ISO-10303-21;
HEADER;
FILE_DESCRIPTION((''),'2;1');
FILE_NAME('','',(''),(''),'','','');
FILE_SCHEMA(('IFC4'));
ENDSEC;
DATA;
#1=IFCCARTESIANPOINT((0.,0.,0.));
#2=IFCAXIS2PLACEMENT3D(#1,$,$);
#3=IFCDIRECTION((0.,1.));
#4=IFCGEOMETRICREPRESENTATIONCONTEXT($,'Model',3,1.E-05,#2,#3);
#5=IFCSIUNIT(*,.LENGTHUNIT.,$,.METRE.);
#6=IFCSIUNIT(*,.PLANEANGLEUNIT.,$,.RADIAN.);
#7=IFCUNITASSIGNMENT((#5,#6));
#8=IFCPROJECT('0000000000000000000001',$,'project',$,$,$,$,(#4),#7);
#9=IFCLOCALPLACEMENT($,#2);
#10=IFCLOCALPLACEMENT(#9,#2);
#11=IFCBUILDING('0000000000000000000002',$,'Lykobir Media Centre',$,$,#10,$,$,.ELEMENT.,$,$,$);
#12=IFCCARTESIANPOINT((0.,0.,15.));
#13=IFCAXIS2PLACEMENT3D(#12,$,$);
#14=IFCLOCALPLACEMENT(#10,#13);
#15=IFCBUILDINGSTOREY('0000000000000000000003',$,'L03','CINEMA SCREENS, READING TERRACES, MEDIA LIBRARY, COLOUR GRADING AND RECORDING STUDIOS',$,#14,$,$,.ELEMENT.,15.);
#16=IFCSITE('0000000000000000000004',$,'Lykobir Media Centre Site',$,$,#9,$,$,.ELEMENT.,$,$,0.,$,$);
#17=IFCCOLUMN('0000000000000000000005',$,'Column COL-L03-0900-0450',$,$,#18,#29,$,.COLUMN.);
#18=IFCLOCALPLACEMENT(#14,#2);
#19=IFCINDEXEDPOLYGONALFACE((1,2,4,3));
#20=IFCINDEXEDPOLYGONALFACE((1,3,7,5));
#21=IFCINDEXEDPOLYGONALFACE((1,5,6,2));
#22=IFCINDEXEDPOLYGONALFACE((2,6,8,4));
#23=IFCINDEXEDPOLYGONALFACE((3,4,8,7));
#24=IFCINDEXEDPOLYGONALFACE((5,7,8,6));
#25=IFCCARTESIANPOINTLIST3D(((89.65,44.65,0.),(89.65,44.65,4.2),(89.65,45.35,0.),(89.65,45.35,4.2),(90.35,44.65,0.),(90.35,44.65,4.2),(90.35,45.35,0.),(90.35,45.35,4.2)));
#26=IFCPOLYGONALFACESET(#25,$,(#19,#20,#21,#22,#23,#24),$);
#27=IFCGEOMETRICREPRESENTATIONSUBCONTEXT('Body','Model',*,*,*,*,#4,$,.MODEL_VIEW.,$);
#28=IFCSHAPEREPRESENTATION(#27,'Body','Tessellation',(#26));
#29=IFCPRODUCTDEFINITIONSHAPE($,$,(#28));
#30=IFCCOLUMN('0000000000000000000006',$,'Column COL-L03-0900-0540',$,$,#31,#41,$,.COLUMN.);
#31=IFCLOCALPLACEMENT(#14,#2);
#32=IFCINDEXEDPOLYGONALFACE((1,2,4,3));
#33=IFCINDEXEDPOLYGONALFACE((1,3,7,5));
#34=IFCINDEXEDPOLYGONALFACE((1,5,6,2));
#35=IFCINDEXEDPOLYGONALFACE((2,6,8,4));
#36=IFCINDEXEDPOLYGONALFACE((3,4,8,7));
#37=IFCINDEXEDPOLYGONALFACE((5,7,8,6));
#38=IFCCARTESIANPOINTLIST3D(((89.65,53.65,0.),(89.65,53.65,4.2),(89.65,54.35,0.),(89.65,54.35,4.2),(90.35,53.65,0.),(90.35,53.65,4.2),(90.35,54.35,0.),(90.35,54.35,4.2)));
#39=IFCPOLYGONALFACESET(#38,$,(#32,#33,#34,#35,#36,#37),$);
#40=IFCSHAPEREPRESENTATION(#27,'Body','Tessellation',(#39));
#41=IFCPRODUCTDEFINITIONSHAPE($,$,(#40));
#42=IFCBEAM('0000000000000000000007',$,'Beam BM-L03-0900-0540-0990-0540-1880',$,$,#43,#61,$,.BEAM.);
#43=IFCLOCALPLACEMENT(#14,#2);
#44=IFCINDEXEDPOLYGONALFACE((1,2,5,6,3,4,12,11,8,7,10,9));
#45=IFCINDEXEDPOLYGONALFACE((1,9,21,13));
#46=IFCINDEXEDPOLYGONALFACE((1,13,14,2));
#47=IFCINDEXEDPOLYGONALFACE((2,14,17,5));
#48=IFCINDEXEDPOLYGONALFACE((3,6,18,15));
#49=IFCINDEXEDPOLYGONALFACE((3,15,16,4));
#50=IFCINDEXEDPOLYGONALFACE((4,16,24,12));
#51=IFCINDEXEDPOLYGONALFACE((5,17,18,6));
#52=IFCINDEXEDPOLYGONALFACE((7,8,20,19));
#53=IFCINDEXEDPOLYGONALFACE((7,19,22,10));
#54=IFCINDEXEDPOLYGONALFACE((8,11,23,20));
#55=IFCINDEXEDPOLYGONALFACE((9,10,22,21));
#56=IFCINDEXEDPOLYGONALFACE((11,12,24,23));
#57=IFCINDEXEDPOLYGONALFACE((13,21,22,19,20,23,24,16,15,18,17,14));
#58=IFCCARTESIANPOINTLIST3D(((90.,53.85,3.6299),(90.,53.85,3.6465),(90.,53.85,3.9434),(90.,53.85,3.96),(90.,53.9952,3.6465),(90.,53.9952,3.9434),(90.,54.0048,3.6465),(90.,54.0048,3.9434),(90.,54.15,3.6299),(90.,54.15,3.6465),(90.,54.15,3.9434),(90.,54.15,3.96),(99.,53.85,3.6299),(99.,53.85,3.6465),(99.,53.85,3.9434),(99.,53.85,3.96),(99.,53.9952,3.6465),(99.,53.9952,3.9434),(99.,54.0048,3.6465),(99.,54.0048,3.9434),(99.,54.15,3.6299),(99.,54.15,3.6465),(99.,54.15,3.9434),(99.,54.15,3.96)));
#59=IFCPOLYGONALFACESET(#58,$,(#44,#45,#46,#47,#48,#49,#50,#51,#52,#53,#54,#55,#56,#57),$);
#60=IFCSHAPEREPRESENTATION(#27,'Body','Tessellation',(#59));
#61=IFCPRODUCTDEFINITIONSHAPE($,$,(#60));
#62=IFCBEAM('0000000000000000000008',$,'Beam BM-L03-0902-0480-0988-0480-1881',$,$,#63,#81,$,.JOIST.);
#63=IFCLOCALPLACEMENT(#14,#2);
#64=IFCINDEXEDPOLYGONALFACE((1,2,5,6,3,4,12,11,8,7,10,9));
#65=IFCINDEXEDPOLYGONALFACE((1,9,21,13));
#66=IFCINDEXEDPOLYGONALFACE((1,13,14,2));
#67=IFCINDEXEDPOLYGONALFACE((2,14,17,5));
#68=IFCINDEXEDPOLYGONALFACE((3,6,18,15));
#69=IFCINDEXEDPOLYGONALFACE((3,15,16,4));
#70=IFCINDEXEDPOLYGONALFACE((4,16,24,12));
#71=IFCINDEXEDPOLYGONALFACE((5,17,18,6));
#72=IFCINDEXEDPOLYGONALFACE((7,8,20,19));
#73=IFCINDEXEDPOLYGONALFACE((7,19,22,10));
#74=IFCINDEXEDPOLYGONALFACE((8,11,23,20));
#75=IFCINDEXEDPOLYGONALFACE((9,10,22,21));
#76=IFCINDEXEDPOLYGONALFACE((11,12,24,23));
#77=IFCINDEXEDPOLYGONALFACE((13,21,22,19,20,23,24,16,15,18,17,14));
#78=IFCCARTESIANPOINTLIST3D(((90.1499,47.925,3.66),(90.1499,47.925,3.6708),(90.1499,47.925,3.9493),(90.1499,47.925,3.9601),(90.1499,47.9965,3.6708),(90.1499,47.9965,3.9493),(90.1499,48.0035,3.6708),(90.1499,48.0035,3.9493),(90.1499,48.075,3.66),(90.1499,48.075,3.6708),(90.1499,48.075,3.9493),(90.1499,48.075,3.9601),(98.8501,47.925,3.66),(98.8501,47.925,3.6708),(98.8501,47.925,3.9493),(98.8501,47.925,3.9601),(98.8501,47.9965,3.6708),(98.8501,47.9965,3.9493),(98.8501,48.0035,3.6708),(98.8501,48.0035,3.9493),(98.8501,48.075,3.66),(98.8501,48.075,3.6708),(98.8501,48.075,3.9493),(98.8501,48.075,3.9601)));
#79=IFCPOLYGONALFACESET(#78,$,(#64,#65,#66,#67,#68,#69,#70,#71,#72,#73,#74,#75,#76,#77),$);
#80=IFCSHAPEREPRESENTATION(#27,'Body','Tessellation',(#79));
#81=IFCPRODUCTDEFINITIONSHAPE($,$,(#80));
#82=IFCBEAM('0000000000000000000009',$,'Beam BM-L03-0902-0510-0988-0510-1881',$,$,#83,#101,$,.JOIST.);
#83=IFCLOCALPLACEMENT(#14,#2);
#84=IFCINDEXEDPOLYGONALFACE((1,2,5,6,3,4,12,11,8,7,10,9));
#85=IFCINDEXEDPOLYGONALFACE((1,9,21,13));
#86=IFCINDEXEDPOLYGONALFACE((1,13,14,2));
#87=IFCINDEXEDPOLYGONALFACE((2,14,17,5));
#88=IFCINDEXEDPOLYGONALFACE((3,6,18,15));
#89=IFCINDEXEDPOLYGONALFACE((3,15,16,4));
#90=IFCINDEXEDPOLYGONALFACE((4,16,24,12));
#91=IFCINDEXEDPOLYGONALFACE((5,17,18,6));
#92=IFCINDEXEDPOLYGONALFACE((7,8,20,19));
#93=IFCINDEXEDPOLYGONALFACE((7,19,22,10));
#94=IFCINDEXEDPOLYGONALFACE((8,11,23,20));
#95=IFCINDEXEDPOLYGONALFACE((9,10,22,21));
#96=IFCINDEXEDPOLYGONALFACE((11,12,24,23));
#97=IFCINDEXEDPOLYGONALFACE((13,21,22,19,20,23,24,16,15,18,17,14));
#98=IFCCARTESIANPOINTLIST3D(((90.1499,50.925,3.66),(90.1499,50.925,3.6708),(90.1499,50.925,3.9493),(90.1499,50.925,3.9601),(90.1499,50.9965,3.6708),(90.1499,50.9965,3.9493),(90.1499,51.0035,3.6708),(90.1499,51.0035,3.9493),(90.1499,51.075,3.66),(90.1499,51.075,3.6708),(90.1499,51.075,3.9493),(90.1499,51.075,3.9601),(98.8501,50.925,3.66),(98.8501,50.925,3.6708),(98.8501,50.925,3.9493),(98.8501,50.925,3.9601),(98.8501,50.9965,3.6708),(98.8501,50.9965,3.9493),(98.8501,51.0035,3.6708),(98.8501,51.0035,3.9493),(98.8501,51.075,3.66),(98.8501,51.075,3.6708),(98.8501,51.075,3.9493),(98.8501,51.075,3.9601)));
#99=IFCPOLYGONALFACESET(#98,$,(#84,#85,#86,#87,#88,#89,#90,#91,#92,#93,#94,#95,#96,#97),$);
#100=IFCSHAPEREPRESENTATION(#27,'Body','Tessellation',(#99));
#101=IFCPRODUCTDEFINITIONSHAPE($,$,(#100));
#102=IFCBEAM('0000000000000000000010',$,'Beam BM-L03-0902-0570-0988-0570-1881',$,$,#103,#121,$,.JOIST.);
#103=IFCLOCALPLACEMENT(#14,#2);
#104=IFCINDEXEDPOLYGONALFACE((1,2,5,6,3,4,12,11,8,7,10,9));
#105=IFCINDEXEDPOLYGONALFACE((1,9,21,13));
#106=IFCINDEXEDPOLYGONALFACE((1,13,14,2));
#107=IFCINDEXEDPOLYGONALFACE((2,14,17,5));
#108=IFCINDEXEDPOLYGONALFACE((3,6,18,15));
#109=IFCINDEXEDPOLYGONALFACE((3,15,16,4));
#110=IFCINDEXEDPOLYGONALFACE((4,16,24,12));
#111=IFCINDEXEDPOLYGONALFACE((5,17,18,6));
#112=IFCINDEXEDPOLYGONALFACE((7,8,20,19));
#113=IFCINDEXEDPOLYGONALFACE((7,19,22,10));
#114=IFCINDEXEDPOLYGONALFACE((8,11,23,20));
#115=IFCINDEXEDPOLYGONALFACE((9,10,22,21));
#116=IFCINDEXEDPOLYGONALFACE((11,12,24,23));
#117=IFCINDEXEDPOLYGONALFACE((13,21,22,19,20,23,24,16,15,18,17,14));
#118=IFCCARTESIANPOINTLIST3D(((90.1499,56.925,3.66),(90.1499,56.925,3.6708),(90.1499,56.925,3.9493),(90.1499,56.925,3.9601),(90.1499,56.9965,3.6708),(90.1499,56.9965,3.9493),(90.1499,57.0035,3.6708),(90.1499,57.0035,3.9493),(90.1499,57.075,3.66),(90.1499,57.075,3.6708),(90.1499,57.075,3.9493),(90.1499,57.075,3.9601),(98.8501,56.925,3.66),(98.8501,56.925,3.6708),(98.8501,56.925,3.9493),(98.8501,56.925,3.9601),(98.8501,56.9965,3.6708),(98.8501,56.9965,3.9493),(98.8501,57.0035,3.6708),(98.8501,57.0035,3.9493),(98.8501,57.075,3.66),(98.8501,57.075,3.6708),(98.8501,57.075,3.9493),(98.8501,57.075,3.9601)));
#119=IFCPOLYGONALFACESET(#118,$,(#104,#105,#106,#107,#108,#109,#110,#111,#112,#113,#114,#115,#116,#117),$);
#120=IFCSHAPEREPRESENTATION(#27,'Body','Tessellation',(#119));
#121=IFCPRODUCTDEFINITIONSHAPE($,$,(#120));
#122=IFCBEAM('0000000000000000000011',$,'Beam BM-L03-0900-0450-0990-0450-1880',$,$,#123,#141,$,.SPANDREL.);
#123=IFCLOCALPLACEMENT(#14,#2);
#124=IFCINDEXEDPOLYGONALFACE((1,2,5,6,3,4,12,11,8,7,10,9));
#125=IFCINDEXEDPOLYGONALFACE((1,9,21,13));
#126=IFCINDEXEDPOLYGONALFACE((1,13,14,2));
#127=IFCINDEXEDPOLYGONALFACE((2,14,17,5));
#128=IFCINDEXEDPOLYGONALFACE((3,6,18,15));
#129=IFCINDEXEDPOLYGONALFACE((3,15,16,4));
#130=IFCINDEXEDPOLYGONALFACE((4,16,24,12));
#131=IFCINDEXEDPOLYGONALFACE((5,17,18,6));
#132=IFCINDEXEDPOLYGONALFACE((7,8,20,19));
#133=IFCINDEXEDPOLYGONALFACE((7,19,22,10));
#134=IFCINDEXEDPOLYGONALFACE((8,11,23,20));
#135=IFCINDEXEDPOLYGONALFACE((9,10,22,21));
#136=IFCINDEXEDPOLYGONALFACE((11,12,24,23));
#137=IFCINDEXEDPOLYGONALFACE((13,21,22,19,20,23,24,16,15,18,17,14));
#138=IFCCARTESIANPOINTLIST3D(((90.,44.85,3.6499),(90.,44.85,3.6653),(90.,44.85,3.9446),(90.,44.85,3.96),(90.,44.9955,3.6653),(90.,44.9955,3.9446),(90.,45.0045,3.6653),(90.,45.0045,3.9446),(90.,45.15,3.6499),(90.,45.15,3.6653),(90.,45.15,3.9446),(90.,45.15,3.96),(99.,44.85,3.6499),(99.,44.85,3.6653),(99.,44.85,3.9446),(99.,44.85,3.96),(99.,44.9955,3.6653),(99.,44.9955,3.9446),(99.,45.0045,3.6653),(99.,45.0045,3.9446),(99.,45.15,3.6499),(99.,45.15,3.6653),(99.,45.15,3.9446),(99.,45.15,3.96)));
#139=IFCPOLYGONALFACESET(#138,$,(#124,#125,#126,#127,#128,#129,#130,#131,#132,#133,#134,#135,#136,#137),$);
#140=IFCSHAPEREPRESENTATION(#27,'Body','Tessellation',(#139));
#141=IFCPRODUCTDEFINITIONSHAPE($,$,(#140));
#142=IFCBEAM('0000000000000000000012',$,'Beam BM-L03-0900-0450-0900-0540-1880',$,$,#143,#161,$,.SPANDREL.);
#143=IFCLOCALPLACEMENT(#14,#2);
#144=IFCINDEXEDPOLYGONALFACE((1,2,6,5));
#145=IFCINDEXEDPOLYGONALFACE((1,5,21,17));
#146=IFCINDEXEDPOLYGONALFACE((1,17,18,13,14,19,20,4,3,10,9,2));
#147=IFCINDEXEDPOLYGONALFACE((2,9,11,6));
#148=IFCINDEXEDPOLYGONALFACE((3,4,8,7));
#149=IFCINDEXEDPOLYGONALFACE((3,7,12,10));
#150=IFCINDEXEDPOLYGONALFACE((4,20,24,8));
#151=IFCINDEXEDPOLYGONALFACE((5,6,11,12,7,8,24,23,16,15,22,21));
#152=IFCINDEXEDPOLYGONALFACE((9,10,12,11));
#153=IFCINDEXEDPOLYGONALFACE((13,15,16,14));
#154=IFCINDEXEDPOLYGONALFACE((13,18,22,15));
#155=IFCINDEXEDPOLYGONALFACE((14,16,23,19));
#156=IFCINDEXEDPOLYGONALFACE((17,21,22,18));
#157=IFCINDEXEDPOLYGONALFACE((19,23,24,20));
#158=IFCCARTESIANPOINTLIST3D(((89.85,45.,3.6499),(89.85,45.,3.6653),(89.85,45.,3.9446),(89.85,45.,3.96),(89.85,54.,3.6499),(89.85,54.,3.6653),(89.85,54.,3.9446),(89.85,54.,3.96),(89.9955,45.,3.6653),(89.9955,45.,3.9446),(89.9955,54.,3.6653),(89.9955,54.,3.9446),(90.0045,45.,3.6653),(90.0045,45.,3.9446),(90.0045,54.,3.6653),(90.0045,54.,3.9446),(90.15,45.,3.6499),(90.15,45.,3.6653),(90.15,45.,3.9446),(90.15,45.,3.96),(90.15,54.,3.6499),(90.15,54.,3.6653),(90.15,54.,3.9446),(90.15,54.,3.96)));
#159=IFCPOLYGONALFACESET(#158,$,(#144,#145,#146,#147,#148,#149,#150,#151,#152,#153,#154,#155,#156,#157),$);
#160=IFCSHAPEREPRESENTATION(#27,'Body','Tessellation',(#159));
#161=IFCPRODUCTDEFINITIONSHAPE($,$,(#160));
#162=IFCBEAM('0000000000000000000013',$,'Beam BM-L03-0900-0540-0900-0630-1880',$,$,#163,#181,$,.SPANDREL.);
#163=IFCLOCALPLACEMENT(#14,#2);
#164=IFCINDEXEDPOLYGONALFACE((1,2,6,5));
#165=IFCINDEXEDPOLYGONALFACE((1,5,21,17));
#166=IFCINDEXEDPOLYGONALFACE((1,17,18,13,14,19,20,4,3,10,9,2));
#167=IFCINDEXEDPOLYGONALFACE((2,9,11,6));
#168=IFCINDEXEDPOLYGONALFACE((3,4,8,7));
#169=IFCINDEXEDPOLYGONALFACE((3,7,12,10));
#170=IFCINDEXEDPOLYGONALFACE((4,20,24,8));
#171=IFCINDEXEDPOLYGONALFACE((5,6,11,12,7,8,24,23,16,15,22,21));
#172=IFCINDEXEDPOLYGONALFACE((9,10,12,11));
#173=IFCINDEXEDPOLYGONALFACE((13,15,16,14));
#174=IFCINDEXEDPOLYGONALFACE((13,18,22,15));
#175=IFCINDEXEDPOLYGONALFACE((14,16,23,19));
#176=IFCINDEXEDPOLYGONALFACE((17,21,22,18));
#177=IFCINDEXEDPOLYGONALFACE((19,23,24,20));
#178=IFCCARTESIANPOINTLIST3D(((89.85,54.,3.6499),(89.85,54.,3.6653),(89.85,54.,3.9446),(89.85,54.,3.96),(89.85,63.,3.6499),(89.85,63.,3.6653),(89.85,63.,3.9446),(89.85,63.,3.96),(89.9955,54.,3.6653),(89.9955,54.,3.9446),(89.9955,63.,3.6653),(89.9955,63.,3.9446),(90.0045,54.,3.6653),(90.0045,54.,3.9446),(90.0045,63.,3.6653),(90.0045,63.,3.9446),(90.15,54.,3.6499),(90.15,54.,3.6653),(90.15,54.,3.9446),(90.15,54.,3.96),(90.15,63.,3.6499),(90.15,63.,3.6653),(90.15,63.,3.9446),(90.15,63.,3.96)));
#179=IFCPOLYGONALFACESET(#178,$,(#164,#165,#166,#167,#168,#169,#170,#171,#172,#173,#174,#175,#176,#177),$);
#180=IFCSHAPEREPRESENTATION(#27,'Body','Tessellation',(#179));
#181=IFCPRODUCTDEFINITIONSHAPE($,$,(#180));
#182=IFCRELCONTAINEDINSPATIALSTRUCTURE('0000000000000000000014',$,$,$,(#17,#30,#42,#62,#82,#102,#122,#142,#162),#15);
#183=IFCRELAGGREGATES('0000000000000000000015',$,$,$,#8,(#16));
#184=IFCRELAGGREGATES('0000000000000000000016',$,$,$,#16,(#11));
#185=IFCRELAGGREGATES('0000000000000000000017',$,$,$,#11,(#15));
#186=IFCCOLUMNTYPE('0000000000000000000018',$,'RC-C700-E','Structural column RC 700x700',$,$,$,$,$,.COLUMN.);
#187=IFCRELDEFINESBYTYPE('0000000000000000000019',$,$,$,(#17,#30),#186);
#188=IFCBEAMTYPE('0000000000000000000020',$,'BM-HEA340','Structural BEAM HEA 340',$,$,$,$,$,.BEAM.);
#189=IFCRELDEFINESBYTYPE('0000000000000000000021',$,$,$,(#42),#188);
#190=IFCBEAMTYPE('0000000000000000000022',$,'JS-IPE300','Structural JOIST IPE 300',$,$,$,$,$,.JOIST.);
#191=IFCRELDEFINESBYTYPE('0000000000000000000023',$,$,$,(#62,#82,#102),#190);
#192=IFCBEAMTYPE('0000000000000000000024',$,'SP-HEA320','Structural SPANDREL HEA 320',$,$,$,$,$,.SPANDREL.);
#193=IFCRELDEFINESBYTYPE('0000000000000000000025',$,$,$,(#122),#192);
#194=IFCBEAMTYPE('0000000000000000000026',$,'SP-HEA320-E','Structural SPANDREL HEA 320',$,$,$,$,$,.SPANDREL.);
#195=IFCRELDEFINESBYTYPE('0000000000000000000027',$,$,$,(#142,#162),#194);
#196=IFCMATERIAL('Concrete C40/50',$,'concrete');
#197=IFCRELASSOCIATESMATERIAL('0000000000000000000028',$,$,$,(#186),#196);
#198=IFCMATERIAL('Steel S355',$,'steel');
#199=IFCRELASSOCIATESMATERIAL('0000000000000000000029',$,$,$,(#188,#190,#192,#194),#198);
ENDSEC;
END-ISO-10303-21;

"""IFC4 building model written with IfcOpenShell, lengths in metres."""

from ifc_helpers import new_model, si_unit, direction, frame, origin, origin_2d, place, context, subcontext, project, spatial, rectangle, i_section, extrude, material, material_profile, profile_set, type_object, element, save


model = new_model("IFC4")

# Units and contexts
model_context = context("Model", 3, precision=1e-05, world=origin(), true_north=direction((0.0, 1.0)))
body_context = subcontext(model_context, "Body", "Model", "MODEL_VIEW")
ifc_project = project(units=[si_unit("LENGTHUNIT", "METRE"), si_unit("PLANEANGLEUNIT", "RADIAN")], contexts=[model_context])

# Site, building, storey
site_placement = place(None, origin())
site = spatial("IfcSite", under=ifc_project, at=site_placement, Name="Lykobir Media Centre Site", CompositionType="ELEMENT", RefElevation=0.0)
building_placement = place(site_placement, origin())
building = spatial("IfcBuilding", under=site, at=building_placement, Name="Lykobir Media Centre", CompositionType="ELEMENT")
storey_placement = place(building_placement, frame((0.0, 0.0, 15.0)))
storey = spatial("IfcBuildingStorey", under=building, at=storey_placement, Name="L03", Description="CINEMA SCREENS, READING TERRACES, MEDIA LIBRARY, COLOUR GRADING AND RECORDING STUDIOS", CompositionType="ELEMENT", Elevation=15.0)

# Columns
ifc_material_1 = material(Name="Concrete C40/50", Category="concrete")
ifc_material_profile_1 = material_profile(ifc_material_1, rectangle(XDim=0.7, YDim=0.7, at=origin_2d()), Name="RC 700x700")
ifc_profile_set_1 = profile_set([ifc_material_profile_1], Name="Concrete C40/50")
column_type = type_object("IfcColumnType", Name="RC-C700-E", Description="Structural column RC 700x700", PredefinedType="COLUMN", material=ifc_profile_set_1)
for number, where, z_axis, x_axis, name in (
    (1, (90.0, 45.0, 0.0), (0.0, 0.0, 1.0), (1.0, 0.0, 0.0), "Column COL-L03-0900-0450"),
    (2, (90.0, 54.0, 0.0), (0.0, 0.0, 1.0), (1.0, 0.0, 0.0), "Column COL-L03-0900-0540"),
):
    element("IfcColumn", number, at=place(storey_placement, frame(where, z_axis=z_axis, x_axis=x_axis)), inside=storey, type_object=column_type, Name=name, PredefinedType="COLUMN", context=body_context, shape_type="SweptSolid", body=[
        extrude(rectangle(XDim=0.7, YDim=0.7, at=origin_2d()), origin(), (0.0, 0.0, 1.0), 4.2),
    ])

# Beams
ifc_material_2 = material(Name="Steel S355", Category="steel")
ifc_material_profile_2 = material_profile(ifc_material_2, i_section(OverallWidth=0.3, OverallDepth=0.3301, WebThickness=0.0095, FlangeThickness=0.0166, at=origin_2d()), Name="HEA 340")
ifc_profile_set_2 = profile_set([ifc_material_profile_2], Name="Steel S355")
beam_type_1 = type_object("IfcBeamType", Name="BM-HEA340", Description="Structural BEAM HEA 340", PredefinedType="BEAM", material=ifc_profile_set_2)
beam_1_placement = place(storey_placement, frame((90.0, 54.0, 3.7949), z_axis=(1.0, 0.0, 0.0), x_axis=(0.0, 1.0, 0.0)))
element("IfcBeam", 3, at=beam_1_placement, inside=storey, type_object=beam_type_1, Name="Beam BM-L03-0900-0540-0990-0540-1880", PredefinedType="BEAM", context=body_context, shape_type="SweptSolid", body=[
    extrude(i_section(OverallWidth=0.3, OverallDepth=0.3301, WebThickness=0.0095, FlangeThickness=0.0166, at=origin_2d()), origin(), (0.0, 0.0, 1.0), 9.0),
])
ifc_material_profile_3 = material_profile(ifc_material_2, i_section(OverallWidth=0.1499, OverallDepth=0.3, WebThickness=0.0071, FlangeThickness=0.0107, at=origin_2d()), Name="IPE 300")
ifc_profile_set_3 = profile_set([ifc_material_profile_3], Name="Steel S355")
beam_type_2 = type_object("IfcBeamType", Name="JS-IPE300", Description="Structural JOIST IPE 300", PredefinedType="JOIST", material=ifc_profile_set_3)
for number, where, z_axis, x_axis, name in (
    (4, (90.1499, 48.0, 3.8101), (1.0, 0.0, 0.0), (0.0, 1.0, 0.0), "Beam BM-L03-0902-0480-0988-0480-1881"),
    (5, (90.1499, 51.0, 3.8101), (1.0, 0.0, 0.0), (0.0, 1.0, 0.0), "Beam BM-L03-0902-0510-0988-0510-1881"),
    (6, (90.1499, 57.0, 3.8101), (1.0, 0.0, 0.0), (0.0, 1.0, 0.0), "Beam BM-L03-0902-0570-0988-0570-1881"),
):
    element("IfcBeam", number, at=place(storey_placement, frame(where, z_axis=z_axis, x_axis=x_axis)), inside=storey, type_object=beam_type_2, Name=name, PredefinedType="JOIST", context=body_context, shape_type="SweptSolid", body=[
        extrude(i_section(OverallWidth=0.1499, OverallDepth=0.3, WebThickness=0.0071, FlangeThickness=0.0107, at=origin_2d()), origin(), (0.0, 0.0, 1.0), 8.7002),
    ])
ifc_material_profile_4 = material_profile(ifc_material_2, i_section(OverallWidth=0.3, OverallDepth=0.3101, WebThickness=0.009, FlangeThickness=0.0154, at=origin_2d()), Name="HEA 320")
ifc_profile_set_4 = profile_set([ifc_material_profile_4], Name="Steel S355")
beam_type_3 = type_object("IfcBeamType", Name="SP-HEA320", Description="Structural SPANDREL HEA 320", PredefinedType="SPANDREL", material=ifc_profile_set_4)
beam_2_placement = place(storey_placement, frame((90.0, 45.0, 3.8049), z_axis=(1.0, 0.0, 0.0), x_axis=(0.0, 1.0, 0.0)))
element("IfcBeam", 7, at=beam_2_placement, inside=storey, type_object=beam_type_3, Name="Beam BM-L03-0900-0450-0990-0450-1880", PredefinedType="SPANDREL", context=body_context, shape_type="SweptSolid", body=[
    extrude(i_section(OverallWidth=0.3, OverallDepth=0.3101, WebThickness=0.009, FlangeThickness=0.0154, at=origin_2d()), origin(), (0.0, 0.0, 1.0), 9.0),
])
ifc_material_profile_5 = material_profile(ifc_material_2, i_section(OverallWidth=0.3, OverallDepth=0.3101, WebThickness=0.009, FlangeThickness=0.0154, at=origin_2d()), Name="HEA 320")
ifc_profile_set_5 = profile_set([ifc_material_profile_5], Name="Steel S355")
beam_type_4 = type_object("IfcBeamType", Name="SP-HEA320-E", Description="Structural SPANDREL HEA 320", PredefinedType="SPANDREL", material=ifc_profile_set_5)
for number, where, z_axis, x_axis, name in (
    (8, (90.0, 45.0, 3.8049), (0.0, 1.0, 0.0), (-1.0, 0.0, 0.0), "Beam BM-L03-0900-0450-0900-0540-1880"),
    (9, (90.0, 54.0, 3.8049), (0.0, 1.0, 0.0), (-1.0, 0.0, 0.0), "Beam BM-L03-0900-0540-0900-0630-1880"),
):
    element("IfcBeam", number, at=place(storey_placement, frame(where, z_axis=z_axis, x_axis=x_axis)), inside=storey, type_object=beam_type_4, Name=name, PredefinedType="SPANDREL", context=body_context, shape_type="SweptSolid", body=[
        extrude(i_section(OverallWidth=0.3, OverallDepth=0.3101, WebThickness=0.009, FlangeThickness=0.0154, at=origin_2d()), origin(), (0.0, 0.0, 1.0), 9.0),
    ])

save(model, "model.ifc")
